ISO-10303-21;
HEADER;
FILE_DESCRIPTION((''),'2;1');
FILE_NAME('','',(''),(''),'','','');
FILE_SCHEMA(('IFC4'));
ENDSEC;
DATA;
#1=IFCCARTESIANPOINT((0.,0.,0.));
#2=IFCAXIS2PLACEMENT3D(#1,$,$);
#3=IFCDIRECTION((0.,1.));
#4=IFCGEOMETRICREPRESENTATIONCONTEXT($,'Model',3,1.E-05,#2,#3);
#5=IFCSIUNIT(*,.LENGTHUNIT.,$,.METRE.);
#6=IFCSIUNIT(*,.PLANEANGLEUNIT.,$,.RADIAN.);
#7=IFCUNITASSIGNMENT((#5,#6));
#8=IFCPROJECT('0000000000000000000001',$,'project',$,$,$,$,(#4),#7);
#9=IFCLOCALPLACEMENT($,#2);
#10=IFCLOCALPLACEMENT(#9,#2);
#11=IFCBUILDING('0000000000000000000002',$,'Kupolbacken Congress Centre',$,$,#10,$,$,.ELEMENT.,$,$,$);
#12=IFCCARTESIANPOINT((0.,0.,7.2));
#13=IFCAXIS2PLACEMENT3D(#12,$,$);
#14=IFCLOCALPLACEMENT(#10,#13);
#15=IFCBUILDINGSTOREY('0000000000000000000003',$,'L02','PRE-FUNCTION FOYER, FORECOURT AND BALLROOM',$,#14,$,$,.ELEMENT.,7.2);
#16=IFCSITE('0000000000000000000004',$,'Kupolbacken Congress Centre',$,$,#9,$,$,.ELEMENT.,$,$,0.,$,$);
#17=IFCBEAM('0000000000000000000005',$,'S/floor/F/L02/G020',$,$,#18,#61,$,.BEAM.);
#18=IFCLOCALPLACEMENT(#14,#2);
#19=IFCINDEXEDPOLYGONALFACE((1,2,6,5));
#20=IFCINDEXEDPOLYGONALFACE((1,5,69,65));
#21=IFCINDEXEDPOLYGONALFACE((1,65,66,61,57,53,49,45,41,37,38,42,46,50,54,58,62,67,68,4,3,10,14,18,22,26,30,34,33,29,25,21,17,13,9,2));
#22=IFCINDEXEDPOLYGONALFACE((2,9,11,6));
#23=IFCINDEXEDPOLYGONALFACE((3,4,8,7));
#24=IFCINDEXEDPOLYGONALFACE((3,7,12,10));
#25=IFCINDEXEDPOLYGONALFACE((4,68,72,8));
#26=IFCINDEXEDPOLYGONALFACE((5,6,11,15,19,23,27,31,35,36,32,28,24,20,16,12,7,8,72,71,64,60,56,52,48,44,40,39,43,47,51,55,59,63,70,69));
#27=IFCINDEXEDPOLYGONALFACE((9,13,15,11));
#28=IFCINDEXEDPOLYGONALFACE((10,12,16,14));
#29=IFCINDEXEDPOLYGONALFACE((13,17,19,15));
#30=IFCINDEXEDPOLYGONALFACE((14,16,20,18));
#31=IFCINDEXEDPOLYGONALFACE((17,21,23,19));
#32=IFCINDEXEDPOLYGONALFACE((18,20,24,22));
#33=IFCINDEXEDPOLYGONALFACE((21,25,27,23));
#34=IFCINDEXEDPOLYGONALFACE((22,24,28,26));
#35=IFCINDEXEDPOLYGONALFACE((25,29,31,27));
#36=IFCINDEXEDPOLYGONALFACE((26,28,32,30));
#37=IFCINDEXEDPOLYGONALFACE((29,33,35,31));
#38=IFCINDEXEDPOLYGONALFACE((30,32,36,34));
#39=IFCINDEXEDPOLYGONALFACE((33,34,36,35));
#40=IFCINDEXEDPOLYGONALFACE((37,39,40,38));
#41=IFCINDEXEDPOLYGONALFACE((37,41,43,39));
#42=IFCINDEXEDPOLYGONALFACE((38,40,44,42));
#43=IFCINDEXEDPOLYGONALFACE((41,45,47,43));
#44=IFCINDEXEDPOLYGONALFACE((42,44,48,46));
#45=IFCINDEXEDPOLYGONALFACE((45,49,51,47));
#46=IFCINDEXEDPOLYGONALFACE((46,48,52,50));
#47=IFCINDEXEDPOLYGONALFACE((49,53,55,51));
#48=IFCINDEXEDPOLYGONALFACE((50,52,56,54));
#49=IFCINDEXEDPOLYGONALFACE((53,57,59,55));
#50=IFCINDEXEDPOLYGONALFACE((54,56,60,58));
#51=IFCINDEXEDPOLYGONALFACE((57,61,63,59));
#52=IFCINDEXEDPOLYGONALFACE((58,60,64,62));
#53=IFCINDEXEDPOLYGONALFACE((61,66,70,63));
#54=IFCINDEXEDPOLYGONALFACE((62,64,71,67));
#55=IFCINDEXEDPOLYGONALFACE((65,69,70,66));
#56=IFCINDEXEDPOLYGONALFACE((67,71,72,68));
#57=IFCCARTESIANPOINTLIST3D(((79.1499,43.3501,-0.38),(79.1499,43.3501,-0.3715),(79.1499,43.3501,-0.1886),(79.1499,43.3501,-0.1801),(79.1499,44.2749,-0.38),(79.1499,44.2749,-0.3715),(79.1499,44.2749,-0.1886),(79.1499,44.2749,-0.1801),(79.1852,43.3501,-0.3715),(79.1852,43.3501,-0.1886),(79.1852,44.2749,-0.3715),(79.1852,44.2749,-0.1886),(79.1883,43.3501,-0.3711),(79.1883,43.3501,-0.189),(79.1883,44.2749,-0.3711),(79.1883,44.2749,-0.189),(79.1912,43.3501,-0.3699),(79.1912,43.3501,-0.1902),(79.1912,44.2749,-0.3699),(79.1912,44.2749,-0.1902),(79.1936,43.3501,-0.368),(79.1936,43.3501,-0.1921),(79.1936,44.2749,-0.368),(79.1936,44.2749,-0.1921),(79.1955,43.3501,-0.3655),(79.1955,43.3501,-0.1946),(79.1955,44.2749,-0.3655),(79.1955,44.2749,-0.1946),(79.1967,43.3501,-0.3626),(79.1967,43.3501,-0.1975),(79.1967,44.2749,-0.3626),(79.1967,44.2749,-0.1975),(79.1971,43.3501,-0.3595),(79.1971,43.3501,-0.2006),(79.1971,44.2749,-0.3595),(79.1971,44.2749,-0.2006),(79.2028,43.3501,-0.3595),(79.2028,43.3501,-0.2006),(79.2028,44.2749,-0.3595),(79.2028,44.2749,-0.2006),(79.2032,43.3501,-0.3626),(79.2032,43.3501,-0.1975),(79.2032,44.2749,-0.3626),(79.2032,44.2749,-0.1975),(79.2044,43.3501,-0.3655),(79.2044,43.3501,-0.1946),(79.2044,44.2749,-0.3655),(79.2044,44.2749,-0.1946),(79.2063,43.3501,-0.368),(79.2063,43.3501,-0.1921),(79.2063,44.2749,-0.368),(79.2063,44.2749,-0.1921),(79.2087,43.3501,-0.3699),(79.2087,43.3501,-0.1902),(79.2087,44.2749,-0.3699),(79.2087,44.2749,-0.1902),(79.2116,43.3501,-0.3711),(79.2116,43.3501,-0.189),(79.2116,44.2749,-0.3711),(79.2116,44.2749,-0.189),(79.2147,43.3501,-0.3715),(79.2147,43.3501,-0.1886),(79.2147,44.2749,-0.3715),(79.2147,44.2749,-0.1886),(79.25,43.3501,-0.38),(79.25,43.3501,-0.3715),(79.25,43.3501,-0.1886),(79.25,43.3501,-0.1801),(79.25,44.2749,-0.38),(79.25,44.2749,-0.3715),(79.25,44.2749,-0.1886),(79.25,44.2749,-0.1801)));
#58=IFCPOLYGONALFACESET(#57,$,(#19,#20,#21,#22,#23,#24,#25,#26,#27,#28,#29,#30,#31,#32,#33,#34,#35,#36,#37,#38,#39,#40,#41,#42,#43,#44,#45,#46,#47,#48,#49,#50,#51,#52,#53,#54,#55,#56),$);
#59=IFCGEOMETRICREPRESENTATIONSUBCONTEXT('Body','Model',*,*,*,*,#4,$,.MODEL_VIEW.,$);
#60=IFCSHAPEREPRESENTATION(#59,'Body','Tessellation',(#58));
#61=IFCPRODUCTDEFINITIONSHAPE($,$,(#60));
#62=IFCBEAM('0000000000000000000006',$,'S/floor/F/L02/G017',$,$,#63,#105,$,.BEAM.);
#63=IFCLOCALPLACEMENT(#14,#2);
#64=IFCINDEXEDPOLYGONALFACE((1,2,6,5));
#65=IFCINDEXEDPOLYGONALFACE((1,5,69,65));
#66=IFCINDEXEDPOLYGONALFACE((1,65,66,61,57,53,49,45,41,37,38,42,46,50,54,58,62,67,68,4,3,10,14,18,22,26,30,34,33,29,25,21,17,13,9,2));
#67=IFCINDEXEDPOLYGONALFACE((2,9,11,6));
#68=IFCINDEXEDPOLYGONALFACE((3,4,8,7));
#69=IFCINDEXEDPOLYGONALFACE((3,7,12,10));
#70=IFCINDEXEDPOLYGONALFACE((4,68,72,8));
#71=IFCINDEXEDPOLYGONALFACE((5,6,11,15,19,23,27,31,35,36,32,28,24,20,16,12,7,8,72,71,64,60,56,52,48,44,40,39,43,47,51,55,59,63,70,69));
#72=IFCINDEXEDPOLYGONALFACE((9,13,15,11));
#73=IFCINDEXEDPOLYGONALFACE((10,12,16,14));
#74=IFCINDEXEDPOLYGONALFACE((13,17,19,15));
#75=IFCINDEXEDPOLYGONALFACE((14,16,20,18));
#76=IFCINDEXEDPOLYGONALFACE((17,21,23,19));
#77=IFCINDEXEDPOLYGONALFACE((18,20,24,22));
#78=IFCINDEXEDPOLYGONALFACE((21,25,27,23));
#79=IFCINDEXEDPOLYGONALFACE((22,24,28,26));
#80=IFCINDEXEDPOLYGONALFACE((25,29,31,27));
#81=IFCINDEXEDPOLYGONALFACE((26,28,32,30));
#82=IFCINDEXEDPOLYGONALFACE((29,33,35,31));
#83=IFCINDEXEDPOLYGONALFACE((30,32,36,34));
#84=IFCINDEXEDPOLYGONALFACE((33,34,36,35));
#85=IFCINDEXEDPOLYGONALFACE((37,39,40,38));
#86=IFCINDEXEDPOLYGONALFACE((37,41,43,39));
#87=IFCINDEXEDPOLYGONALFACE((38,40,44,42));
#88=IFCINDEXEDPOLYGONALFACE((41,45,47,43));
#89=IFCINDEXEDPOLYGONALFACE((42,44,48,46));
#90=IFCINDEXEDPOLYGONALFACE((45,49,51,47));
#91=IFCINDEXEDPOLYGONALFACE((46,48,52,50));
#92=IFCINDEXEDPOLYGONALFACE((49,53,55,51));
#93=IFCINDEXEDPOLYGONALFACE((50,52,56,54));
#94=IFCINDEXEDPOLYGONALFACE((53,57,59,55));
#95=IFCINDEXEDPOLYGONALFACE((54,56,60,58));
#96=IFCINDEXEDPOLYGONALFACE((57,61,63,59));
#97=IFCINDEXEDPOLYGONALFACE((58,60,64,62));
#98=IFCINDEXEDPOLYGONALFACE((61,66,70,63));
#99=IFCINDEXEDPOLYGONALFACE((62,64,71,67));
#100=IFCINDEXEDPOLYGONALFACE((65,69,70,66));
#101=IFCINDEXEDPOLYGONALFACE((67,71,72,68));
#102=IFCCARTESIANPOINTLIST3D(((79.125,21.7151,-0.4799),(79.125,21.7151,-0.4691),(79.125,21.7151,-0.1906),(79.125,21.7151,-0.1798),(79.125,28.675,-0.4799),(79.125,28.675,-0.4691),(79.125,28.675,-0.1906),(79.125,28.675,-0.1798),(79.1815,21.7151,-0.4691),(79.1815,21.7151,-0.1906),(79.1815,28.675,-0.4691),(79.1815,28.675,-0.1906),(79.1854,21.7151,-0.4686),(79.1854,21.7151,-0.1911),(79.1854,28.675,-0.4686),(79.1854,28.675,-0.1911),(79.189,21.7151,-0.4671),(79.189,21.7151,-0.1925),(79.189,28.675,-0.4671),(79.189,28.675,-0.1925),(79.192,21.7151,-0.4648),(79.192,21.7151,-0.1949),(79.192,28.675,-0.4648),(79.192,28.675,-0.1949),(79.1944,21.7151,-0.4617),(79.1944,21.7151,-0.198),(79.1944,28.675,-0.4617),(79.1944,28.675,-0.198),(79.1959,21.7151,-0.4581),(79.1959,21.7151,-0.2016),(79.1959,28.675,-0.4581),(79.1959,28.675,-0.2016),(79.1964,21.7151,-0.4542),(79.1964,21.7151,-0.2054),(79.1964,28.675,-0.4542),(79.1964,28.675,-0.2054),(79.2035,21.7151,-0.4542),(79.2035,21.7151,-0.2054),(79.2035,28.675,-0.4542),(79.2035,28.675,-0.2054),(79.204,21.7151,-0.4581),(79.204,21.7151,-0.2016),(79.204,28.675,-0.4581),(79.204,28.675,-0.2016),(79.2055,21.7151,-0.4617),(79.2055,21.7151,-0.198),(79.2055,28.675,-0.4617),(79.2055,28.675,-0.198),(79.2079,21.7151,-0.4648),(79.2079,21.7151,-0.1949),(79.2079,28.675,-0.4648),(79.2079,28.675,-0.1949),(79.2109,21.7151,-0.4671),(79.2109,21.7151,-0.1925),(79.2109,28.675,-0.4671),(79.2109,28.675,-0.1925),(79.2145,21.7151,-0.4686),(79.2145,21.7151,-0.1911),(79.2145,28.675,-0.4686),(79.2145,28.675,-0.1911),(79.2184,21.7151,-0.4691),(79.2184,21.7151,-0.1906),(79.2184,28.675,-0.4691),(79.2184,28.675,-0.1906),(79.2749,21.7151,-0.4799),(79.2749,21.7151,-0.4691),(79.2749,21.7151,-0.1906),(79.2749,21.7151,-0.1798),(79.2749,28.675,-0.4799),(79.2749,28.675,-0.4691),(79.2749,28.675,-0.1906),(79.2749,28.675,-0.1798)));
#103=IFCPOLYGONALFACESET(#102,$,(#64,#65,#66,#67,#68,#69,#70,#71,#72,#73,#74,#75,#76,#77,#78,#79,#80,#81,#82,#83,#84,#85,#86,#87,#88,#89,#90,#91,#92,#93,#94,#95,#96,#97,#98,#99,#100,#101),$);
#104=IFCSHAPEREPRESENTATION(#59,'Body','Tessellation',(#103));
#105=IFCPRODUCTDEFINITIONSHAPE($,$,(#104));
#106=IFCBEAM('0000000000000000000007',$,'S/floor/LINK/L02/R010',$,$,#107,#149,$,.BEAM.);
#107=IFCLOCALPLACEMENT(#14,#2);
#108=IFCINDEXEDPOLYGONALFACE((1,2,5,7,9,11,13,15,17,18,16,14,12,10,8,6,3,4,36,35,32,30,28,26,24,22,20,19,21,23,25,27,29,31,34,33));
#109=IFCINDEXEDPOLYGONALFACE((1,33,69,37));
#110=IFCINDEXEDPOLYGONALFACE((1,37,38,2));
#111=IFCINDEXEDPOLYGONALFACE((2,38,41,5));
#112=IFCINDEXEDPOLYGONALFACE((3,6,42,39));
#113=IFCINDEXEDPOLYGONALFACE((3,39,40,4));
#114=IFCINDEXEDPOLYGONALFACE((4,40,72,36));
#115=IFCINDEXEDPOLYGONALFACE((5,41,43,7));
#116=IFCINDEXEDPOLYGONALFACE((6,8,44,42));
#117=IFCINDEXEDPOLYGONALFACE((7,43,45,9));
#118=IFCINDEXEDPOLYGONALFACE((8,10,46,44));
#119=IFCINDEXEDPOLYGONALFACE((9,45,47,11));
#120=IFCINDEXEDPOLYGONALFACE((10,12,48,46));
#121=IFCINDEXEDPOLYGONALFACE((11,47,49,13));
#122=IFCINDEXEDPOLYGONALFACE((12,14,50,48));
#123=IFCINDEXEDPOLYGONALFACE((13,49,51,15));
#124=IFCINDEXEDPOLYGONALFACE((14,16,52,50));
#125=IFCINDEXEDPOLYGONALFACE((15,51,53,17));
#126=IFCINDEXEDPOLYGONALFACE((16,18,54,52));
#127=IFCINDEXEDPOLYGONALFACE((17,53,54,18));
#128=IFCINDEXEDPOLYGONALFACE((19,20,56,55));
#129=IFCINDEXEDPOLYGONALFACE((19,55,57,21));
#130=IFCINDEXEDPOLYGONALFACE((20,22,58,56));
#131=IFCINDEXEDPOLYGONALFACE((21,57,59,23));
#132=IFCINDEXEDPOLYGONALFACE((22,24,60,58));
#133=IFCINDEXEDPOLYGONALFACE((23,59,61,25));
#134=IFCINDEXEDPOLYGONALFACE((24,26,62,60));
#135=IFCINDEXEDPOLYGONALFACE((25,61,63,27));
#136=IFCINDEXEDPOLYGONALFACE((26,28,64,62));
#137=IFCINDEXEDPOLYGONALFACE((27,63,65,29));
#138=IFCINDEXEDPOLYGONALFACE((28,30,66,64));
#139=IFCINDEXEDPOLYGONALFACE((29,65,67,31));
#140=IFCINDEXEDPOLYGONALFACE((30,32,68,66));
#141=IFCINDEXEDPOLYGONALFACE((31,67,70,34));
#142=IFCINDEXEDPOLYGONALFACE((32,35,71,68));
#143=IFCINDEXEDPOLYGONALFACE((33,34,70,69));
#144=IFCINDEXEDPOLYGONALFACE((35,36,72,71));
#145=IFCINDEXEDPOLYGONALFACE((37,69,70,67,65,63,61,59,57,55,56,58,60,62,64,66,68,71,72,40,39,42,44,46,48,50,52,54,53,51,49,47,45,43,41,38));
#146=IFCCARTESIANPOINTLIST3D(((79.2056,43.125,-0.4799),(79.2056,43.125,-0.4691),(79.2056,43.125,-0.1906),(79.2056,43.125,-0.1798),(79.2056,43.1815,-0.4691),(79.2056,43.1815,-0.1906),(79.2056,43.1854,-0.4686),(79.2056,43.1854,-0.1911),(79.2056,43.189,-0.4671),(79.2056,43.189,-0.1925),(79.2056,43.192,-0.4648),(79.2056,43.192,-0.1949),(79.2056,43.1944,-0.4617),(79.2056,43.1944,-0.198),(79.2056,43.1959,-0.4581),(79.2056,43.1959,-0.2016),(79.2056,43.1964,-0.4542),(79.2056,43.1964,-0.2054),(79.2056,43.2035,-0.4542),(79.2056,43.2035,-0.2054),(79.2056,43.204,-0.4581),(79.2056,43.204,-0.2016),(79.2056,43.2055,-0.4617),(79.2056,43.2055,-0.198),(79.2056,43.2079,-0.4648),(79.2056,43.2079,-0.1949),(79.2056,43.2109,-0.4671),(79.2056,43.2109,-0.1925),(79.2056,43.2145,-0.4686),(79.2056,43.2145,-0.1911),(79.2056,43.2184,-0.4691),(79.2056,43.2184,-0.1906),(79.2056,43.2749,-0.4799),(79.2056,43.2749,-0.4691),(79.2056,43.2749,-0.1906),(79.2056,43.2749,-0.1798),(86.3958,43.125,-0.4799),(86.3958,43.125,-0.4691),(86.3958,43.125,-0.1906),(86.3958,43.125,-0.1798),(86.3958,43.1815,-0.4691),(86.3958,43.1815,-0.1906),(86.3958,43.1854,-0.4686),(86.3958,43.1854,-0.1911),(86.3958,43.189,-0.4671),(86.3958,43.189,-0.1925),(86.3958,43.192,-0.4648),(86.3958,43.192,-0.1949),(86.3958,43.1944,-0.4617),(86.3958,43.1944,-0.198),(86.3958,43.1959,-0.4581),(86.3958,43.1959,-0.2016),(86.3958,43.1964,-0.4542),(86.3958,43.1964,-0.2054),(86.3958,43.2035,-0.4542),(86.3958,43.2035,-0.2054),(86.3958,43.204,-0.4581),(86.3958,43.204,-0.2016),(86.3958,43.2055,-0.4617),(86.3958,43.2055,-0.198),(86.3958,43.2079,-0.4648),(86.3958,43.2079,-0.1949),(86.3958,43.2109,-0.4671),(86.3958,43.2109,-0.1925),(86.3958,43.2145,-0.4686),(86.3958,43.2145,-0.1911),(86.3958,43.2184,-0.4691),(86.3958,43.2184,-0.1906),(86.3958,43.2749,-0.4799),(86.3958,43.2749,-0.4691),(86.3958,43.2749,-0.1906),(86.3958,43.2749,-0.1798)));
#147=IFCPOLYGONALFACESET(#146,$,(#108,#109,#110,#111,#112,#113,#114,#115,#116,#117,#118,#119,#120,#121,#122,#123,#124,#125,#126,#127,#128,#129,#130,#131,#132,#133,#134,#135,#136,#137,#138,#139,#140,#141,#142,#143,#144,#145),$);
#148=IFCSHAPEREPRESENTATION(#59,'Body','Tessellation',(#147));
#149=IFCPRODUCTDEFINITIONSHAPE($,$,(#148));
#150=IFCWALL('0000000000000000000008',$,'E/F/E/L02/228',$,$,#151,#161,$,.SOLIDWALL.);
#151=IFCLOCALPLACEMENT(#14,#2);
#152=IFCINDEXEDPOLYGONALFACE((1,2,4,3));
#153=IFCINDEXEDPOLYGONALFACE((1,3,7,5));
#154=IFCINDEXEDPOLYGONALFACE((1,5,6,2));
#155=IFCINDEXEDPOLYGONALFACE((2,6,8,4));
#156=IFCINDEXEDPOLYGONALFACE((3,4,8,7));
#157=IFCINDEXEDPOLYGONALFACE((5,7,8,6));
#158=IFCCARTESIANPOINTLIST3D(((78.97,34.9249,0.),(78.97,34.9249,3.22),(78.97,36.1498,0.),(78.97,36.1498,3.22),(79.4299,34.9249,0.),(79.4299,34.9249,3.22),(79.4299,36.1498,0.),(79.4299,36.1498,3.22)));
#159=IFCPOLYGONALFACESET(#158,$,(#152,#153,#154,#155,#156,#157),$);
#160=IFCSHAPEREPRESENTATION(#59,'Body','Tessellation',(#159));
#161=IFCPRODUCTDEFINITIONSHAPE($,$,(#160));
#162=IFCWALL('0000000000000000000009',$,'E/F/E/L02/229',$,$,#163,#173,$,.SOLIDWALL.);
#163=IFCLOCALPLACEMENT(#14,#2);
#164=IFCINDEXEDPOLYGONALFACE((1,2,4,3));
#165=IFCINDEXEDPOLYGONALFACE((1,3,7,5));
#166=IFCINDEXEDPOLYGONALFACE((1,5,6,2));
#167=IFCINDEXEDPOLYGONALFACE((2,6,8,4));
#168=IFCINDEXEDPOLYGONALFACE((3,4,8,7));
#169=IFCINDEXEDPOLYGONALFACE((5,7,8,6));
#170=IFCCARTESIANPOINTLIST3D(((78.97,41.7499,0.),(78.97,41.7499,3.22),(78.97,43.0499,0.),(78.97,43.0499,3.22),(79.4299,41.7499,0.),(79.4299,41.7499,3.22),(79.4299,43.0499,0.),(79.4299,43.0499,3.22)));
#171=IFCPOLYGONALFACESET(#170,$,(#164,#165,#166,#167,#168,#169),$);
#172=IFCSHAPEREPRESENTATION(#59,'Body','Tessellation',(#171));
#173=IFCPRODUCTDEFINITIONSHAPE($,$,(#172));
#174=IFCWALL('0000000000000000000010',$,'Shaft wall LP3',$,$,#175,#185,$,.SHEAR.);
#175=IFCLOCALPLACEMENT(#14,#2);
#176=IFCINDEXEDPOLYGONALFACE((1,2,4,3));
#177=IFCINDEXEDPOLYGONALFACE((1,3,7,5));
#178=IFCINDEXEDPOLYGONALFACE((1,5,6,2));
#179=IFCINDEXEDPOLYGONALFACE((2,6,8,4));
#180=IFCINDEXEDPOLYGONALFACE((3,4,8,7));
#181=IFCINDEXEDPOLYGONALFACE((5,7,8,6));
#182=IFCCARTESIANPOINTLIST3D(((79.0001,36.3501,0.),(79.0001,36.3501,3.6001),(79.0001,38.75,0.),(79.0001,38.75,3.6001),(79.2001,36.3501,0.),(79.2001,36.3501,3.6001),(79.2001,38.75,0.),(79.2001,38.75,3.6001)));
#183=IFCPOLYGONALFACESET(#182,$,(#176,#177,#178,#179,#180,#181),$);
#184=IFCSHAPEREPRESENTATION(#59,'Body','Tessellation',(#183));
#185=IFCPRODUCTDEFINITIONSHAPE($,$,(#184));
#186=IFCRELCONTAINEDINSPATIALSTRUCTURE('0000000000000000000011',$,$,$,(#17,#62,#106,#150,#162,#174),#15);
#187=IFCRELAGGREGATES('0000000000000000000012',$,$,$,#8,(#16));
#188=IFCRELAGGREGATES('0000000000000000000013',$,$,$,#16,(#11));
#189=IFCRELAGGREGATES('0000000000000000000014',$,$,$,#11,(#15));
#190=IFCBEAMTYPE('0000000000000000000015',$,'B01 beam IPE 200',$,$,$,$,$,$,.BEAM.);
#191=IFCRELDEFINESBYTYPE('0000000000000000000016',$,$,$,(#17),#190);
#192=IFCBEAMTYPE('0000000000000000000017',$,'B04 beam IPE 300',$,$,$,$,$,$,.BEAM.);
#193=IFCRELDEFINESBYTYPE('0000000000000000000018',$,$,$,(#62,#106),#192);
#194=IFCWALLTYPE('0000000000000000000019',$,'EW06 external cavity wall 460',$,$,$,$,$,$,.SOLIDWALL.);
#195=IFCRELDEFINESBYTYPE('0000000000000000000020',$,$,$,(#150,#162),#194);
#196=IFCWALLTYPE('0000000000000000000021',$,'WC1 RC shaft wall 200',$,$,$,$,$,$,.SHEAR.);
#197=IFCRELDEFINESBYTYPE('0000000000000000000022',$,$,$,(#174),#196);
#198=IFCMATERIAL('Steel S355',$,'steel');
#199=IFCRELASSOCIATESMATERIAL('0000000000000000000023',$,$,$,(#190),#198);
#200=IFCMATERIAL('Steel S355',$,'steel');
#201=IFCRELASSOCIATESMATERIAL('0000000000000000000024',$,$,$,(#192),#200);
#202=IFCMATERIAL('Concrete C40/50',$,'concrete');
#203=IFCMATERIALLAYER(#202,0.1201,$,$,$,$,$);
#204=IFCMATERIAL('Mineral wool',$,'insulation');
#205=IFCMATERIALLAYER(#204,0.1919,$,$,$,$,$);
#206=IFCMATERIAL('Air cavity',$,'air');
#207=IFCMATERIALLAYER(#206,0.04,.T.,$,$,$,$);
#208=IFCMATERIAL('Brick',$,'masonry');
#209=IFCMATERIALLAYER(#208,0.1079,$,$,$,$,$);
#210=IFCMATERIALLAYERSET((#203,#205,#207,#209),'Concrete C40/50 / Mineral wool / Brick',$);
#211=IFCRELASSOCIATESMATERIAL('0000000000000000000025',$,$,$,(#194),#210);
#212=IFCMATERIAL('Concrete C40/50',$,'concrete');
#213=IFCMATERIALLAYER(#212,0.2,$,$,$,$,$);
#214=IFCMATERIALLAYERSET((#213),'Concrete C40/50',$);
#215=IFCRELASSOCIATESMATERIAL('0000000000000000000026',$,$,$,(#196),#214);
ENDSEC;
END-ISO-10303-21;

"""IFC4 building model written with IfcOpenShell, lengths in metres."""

from ifc_helpers import new_model, si_unit, direction, frame, frame_2d, origin, origin_2d, place, context, subcontext, project, spatial, rectangle, i_section, extrude, material, layer, layer_set, material_profile, profile_set, type_object, element, save


model = new_model("IFC4")

# Units and contexts
model_context = context("Model", 3, precision=1e-05, world=origin(), true_north=direction((0.0, 1.0)))
body_context = subcontext(model_context, "Body", "Model", "MODEL_VIEW")
ifc_project = project(units=[si_unit("LENGTHUNIT", "METRE"), si_unit("PLANEANGLEUNIT", "RADIAN")], contexts=[model_context])

# Site, building, storey
site_placement = place(None, origin())
site = spatial("IfcSite", under=ifc_project, at=site_placement, Name="Kupolbacken Congress Centre", CompositionType="ELEMENT", RefElevation=0.0)
building_placement = place(site_placement, origin())
building = spatial("IfcBuilding", under=site, at=building_placement, Name="Kupolbacken Congress Centre", CompositionType="ELEMENT")
storey_placement = place(building_placement, frame((0.0, 0.0, 7.2)))
storey = spatial("IfcBuildingStorey", under=building, at=storey_placement, Name="L02", Description="PRE-FUNCTION FOYER, FORECOURT AND BALLROOM", CompositionType="ELEMENT", Elevation=7.2)

# Beams
ifc_material_1 = material(Name="Steel S355", Category="steel")
ifc_material_profile_1 = material_profile(ifc_material_1, i_section(OverallWidth=0.1001, OverallDepth=0.2, WebThickness=0.0056, FlangeThickness=0.0085, FilletRadius=0.012, at=origin_2d()), Name="IPE 200")
ifc_profile_set_1 = profile_set([ifc_material_profile_1], Name="Steel S355")
beam_type_1 = type_object("IfcBeamType", Name="B01 beam IPE 200", PredefinedType="BEAM", material=ifc_profile_set_1)
beam_1_placement = place(storey_placement, frame((79.2, 43.3501, -0.28), z_axis=(0.0, 1.0, 0.0), x_axis=(-1.0, 0.0, 0.0)))
element("IfcBeam", 1, at=beam_1_placement, inside=storey, type_object=beam_type_1, Name="S/floor/F/L02/G020", PredefinedType="BEAM", context=body_context, shape_type="SweptSolid", body=[
    extrude(i_section(OverallWidth=0.1001, OverallDepth=0.2, WebThickness=0.0056, FlangeThickness=0.0085, FilletRadius=0.012, at=origin_2d()), origin(), (0.0, 0.0, 1.0), 0.9248),
])
ifc_material_2 = material(Name="Steel S355", Category="steel")
ifc_material_profile_2 = material_profile(ifc_material_2, i_section(OverallWidth=0.1499, OverallDepth=0.3, WebThickness=0.0071, FlangeThickness=0.0107, FilletRadius=0.0149, at=origin_2d()), Name="IPE 300")
ifc_profile_set_2 = profile_set([ifc_material_profile_2], Name="Steel S355")
beam_type_2 = type_object("IfcBeamType", Name="B04 beam IPE 300", PredefinedType="BEAM", material=ifc_profile_set_2)
beam_2_placement = place(storey_placement, frame((79.2, 21.7151, -0.3298), z_axis=(0.0, 1.0, 0.0), x_axis=(-1.0, 0.0, 0.0)))
element("IfcBeam", 2, at=beam_2_placement, inside=storey, type_object=beam_type_2, Name="S/floor/F/L02/G017", PredefinedType="BEAM", context=body_context, shape_type="SweptSolid", body=[
    extrude(i_section(OverallWidth=0.1499, OverallDepth=0.3, WebThickness=0.0071, FlangeThickness=0.0107, FilletRadius=0.0149, at=origin_2d()), origin(), (0.0, 0.0, 1.0), 6.96),
])
beam_3_placement = place(storey_placement, frame((79.2056, 43.2, -0.3298), z_axis=(1.0, 0.0, 0.0), x_axis=(0.0, 1.0, 0.0)))
element("IfcBeam", 3, at=beam_3_placement, inside=storey, type_object=beam_type_2, Name="S/floor/LINK/L02/R010", PredefinedType="BEAM", context=body_context, shape_type="SweptSolid", body=[
    extrude(i_section(OverallWidth=0.1499, OverallDepth=0.3, WebThickness=0.0071, FlangeThickness=0.0107, FilletRadius=0.0149, at=origin_2d()), origin(), (0.0, 0.0, 1.0), 7.1902),
])

# Walls
ifc_material_3 = material(Name="Concrete C40/50", Category="concrete")
ifc_layer_1 = layer(ifc_material_3, 0.1201)
ifc_material_4 = material(Name="Mineral wool", Category="insulation")
ifc_layer_2 = layer(ifc_material_4, 0.1919)
ifc_material_5 = material(Name="Air cavity", Category="air")
ifc_layer_3 = layer(ifc_material_5, 0.04, ventilated=True)
ifc_material_6 = material(Name="Brick", Category="masonry")
ifc_layer_4 = layer(ifc_material_6, 0.1079)
ifc_layer_set_1 = layer_set([ifc_layer_1, ifc_layer_2, ifc_layer_3, ifc_layer_4], Name="Concrete C40/50 / Mineral wool / Brick")
wall_type_1 = type_object("IfcWallType", Name="EW06 external cavity wall 460", PredefinedType="SOLIDWALL", material=ifc_layer_set_1)
wall_1_placement = place(storey_placement, frame((79.2, 34.925, 0.0), z_axis=(0.0, 0.0, 1.0), x_axis=(0.0, 1.0, 0.0)))
element("IfcWall", 4, at=wall_1_placement, inside=storey, type_object=wall_type_1, Name="E/F/E/L02/228", PredefinedType="SOLIDWALL", context=body_context, shape_type="SweptSolid", body=[
    extrude(rectangle(XDim=1.2249, YDim=0.46, at=frame_2d((0.6123, 0.0))), origin(), (0.0, 0.0, 1.0), 3.22),
])
wall_2_placement = place(storey_placement, frame((79.2, 41.75, 0.0), z_axis=(0.0, 0.0, 1.0), x_axis=(0.0, 1.0, 0.0)))
element("IfcWall", 5, at=wall_2_placement, inside=storey, type_object=wall_type_1, Name="E/F/E/L02/229", PredefinedType="SOLIDWALL", context=body_context, shape_type="SweptSolid", body=[
    extrude(rectangle(XDim=1.3, YDim=0.46, at=frame_2d((0.6499, 0.0))), origin(), (0.0, 0.0, 1.0), 3.22),
])
ifc_material_7 = material(Name="Concrete C40/50", Category="concrete")
ifc_layer_5 = layer(ifc_material_7, 0.2)
ifc_layer_set_2 = layer_set([ifc_layer_5], Name="Concrete C40/50")
wall_type_2 = type_object("IfcWallType", Name="WC1 RC shaft wall 200", PredefinedType="SHEAR", material=ifc_layer_set_2)
wall_3_placement = place(storey_placement, frame((79.1001, 36.3501, 0.0), z_axis=(0.0, 0.0, 1.0), x_axis=(0.0, 1.0, 0.0)))
element("IfcWall", 6, at=wall_3_placement, inside=storey, type_object=wall_type_2, Name="Shaft wall LP3", PredefinedType="SHEAR", context=body_context, shape_type="SweptSolid", body=[
    extrude(rectangle(XDim=2.3999, YDim=0.2, at=frame_2d((1.2, 0.0))), origin(), (0.0, 0.0, 1.0), 3.6001),
])

save(model, "model.ifc")
